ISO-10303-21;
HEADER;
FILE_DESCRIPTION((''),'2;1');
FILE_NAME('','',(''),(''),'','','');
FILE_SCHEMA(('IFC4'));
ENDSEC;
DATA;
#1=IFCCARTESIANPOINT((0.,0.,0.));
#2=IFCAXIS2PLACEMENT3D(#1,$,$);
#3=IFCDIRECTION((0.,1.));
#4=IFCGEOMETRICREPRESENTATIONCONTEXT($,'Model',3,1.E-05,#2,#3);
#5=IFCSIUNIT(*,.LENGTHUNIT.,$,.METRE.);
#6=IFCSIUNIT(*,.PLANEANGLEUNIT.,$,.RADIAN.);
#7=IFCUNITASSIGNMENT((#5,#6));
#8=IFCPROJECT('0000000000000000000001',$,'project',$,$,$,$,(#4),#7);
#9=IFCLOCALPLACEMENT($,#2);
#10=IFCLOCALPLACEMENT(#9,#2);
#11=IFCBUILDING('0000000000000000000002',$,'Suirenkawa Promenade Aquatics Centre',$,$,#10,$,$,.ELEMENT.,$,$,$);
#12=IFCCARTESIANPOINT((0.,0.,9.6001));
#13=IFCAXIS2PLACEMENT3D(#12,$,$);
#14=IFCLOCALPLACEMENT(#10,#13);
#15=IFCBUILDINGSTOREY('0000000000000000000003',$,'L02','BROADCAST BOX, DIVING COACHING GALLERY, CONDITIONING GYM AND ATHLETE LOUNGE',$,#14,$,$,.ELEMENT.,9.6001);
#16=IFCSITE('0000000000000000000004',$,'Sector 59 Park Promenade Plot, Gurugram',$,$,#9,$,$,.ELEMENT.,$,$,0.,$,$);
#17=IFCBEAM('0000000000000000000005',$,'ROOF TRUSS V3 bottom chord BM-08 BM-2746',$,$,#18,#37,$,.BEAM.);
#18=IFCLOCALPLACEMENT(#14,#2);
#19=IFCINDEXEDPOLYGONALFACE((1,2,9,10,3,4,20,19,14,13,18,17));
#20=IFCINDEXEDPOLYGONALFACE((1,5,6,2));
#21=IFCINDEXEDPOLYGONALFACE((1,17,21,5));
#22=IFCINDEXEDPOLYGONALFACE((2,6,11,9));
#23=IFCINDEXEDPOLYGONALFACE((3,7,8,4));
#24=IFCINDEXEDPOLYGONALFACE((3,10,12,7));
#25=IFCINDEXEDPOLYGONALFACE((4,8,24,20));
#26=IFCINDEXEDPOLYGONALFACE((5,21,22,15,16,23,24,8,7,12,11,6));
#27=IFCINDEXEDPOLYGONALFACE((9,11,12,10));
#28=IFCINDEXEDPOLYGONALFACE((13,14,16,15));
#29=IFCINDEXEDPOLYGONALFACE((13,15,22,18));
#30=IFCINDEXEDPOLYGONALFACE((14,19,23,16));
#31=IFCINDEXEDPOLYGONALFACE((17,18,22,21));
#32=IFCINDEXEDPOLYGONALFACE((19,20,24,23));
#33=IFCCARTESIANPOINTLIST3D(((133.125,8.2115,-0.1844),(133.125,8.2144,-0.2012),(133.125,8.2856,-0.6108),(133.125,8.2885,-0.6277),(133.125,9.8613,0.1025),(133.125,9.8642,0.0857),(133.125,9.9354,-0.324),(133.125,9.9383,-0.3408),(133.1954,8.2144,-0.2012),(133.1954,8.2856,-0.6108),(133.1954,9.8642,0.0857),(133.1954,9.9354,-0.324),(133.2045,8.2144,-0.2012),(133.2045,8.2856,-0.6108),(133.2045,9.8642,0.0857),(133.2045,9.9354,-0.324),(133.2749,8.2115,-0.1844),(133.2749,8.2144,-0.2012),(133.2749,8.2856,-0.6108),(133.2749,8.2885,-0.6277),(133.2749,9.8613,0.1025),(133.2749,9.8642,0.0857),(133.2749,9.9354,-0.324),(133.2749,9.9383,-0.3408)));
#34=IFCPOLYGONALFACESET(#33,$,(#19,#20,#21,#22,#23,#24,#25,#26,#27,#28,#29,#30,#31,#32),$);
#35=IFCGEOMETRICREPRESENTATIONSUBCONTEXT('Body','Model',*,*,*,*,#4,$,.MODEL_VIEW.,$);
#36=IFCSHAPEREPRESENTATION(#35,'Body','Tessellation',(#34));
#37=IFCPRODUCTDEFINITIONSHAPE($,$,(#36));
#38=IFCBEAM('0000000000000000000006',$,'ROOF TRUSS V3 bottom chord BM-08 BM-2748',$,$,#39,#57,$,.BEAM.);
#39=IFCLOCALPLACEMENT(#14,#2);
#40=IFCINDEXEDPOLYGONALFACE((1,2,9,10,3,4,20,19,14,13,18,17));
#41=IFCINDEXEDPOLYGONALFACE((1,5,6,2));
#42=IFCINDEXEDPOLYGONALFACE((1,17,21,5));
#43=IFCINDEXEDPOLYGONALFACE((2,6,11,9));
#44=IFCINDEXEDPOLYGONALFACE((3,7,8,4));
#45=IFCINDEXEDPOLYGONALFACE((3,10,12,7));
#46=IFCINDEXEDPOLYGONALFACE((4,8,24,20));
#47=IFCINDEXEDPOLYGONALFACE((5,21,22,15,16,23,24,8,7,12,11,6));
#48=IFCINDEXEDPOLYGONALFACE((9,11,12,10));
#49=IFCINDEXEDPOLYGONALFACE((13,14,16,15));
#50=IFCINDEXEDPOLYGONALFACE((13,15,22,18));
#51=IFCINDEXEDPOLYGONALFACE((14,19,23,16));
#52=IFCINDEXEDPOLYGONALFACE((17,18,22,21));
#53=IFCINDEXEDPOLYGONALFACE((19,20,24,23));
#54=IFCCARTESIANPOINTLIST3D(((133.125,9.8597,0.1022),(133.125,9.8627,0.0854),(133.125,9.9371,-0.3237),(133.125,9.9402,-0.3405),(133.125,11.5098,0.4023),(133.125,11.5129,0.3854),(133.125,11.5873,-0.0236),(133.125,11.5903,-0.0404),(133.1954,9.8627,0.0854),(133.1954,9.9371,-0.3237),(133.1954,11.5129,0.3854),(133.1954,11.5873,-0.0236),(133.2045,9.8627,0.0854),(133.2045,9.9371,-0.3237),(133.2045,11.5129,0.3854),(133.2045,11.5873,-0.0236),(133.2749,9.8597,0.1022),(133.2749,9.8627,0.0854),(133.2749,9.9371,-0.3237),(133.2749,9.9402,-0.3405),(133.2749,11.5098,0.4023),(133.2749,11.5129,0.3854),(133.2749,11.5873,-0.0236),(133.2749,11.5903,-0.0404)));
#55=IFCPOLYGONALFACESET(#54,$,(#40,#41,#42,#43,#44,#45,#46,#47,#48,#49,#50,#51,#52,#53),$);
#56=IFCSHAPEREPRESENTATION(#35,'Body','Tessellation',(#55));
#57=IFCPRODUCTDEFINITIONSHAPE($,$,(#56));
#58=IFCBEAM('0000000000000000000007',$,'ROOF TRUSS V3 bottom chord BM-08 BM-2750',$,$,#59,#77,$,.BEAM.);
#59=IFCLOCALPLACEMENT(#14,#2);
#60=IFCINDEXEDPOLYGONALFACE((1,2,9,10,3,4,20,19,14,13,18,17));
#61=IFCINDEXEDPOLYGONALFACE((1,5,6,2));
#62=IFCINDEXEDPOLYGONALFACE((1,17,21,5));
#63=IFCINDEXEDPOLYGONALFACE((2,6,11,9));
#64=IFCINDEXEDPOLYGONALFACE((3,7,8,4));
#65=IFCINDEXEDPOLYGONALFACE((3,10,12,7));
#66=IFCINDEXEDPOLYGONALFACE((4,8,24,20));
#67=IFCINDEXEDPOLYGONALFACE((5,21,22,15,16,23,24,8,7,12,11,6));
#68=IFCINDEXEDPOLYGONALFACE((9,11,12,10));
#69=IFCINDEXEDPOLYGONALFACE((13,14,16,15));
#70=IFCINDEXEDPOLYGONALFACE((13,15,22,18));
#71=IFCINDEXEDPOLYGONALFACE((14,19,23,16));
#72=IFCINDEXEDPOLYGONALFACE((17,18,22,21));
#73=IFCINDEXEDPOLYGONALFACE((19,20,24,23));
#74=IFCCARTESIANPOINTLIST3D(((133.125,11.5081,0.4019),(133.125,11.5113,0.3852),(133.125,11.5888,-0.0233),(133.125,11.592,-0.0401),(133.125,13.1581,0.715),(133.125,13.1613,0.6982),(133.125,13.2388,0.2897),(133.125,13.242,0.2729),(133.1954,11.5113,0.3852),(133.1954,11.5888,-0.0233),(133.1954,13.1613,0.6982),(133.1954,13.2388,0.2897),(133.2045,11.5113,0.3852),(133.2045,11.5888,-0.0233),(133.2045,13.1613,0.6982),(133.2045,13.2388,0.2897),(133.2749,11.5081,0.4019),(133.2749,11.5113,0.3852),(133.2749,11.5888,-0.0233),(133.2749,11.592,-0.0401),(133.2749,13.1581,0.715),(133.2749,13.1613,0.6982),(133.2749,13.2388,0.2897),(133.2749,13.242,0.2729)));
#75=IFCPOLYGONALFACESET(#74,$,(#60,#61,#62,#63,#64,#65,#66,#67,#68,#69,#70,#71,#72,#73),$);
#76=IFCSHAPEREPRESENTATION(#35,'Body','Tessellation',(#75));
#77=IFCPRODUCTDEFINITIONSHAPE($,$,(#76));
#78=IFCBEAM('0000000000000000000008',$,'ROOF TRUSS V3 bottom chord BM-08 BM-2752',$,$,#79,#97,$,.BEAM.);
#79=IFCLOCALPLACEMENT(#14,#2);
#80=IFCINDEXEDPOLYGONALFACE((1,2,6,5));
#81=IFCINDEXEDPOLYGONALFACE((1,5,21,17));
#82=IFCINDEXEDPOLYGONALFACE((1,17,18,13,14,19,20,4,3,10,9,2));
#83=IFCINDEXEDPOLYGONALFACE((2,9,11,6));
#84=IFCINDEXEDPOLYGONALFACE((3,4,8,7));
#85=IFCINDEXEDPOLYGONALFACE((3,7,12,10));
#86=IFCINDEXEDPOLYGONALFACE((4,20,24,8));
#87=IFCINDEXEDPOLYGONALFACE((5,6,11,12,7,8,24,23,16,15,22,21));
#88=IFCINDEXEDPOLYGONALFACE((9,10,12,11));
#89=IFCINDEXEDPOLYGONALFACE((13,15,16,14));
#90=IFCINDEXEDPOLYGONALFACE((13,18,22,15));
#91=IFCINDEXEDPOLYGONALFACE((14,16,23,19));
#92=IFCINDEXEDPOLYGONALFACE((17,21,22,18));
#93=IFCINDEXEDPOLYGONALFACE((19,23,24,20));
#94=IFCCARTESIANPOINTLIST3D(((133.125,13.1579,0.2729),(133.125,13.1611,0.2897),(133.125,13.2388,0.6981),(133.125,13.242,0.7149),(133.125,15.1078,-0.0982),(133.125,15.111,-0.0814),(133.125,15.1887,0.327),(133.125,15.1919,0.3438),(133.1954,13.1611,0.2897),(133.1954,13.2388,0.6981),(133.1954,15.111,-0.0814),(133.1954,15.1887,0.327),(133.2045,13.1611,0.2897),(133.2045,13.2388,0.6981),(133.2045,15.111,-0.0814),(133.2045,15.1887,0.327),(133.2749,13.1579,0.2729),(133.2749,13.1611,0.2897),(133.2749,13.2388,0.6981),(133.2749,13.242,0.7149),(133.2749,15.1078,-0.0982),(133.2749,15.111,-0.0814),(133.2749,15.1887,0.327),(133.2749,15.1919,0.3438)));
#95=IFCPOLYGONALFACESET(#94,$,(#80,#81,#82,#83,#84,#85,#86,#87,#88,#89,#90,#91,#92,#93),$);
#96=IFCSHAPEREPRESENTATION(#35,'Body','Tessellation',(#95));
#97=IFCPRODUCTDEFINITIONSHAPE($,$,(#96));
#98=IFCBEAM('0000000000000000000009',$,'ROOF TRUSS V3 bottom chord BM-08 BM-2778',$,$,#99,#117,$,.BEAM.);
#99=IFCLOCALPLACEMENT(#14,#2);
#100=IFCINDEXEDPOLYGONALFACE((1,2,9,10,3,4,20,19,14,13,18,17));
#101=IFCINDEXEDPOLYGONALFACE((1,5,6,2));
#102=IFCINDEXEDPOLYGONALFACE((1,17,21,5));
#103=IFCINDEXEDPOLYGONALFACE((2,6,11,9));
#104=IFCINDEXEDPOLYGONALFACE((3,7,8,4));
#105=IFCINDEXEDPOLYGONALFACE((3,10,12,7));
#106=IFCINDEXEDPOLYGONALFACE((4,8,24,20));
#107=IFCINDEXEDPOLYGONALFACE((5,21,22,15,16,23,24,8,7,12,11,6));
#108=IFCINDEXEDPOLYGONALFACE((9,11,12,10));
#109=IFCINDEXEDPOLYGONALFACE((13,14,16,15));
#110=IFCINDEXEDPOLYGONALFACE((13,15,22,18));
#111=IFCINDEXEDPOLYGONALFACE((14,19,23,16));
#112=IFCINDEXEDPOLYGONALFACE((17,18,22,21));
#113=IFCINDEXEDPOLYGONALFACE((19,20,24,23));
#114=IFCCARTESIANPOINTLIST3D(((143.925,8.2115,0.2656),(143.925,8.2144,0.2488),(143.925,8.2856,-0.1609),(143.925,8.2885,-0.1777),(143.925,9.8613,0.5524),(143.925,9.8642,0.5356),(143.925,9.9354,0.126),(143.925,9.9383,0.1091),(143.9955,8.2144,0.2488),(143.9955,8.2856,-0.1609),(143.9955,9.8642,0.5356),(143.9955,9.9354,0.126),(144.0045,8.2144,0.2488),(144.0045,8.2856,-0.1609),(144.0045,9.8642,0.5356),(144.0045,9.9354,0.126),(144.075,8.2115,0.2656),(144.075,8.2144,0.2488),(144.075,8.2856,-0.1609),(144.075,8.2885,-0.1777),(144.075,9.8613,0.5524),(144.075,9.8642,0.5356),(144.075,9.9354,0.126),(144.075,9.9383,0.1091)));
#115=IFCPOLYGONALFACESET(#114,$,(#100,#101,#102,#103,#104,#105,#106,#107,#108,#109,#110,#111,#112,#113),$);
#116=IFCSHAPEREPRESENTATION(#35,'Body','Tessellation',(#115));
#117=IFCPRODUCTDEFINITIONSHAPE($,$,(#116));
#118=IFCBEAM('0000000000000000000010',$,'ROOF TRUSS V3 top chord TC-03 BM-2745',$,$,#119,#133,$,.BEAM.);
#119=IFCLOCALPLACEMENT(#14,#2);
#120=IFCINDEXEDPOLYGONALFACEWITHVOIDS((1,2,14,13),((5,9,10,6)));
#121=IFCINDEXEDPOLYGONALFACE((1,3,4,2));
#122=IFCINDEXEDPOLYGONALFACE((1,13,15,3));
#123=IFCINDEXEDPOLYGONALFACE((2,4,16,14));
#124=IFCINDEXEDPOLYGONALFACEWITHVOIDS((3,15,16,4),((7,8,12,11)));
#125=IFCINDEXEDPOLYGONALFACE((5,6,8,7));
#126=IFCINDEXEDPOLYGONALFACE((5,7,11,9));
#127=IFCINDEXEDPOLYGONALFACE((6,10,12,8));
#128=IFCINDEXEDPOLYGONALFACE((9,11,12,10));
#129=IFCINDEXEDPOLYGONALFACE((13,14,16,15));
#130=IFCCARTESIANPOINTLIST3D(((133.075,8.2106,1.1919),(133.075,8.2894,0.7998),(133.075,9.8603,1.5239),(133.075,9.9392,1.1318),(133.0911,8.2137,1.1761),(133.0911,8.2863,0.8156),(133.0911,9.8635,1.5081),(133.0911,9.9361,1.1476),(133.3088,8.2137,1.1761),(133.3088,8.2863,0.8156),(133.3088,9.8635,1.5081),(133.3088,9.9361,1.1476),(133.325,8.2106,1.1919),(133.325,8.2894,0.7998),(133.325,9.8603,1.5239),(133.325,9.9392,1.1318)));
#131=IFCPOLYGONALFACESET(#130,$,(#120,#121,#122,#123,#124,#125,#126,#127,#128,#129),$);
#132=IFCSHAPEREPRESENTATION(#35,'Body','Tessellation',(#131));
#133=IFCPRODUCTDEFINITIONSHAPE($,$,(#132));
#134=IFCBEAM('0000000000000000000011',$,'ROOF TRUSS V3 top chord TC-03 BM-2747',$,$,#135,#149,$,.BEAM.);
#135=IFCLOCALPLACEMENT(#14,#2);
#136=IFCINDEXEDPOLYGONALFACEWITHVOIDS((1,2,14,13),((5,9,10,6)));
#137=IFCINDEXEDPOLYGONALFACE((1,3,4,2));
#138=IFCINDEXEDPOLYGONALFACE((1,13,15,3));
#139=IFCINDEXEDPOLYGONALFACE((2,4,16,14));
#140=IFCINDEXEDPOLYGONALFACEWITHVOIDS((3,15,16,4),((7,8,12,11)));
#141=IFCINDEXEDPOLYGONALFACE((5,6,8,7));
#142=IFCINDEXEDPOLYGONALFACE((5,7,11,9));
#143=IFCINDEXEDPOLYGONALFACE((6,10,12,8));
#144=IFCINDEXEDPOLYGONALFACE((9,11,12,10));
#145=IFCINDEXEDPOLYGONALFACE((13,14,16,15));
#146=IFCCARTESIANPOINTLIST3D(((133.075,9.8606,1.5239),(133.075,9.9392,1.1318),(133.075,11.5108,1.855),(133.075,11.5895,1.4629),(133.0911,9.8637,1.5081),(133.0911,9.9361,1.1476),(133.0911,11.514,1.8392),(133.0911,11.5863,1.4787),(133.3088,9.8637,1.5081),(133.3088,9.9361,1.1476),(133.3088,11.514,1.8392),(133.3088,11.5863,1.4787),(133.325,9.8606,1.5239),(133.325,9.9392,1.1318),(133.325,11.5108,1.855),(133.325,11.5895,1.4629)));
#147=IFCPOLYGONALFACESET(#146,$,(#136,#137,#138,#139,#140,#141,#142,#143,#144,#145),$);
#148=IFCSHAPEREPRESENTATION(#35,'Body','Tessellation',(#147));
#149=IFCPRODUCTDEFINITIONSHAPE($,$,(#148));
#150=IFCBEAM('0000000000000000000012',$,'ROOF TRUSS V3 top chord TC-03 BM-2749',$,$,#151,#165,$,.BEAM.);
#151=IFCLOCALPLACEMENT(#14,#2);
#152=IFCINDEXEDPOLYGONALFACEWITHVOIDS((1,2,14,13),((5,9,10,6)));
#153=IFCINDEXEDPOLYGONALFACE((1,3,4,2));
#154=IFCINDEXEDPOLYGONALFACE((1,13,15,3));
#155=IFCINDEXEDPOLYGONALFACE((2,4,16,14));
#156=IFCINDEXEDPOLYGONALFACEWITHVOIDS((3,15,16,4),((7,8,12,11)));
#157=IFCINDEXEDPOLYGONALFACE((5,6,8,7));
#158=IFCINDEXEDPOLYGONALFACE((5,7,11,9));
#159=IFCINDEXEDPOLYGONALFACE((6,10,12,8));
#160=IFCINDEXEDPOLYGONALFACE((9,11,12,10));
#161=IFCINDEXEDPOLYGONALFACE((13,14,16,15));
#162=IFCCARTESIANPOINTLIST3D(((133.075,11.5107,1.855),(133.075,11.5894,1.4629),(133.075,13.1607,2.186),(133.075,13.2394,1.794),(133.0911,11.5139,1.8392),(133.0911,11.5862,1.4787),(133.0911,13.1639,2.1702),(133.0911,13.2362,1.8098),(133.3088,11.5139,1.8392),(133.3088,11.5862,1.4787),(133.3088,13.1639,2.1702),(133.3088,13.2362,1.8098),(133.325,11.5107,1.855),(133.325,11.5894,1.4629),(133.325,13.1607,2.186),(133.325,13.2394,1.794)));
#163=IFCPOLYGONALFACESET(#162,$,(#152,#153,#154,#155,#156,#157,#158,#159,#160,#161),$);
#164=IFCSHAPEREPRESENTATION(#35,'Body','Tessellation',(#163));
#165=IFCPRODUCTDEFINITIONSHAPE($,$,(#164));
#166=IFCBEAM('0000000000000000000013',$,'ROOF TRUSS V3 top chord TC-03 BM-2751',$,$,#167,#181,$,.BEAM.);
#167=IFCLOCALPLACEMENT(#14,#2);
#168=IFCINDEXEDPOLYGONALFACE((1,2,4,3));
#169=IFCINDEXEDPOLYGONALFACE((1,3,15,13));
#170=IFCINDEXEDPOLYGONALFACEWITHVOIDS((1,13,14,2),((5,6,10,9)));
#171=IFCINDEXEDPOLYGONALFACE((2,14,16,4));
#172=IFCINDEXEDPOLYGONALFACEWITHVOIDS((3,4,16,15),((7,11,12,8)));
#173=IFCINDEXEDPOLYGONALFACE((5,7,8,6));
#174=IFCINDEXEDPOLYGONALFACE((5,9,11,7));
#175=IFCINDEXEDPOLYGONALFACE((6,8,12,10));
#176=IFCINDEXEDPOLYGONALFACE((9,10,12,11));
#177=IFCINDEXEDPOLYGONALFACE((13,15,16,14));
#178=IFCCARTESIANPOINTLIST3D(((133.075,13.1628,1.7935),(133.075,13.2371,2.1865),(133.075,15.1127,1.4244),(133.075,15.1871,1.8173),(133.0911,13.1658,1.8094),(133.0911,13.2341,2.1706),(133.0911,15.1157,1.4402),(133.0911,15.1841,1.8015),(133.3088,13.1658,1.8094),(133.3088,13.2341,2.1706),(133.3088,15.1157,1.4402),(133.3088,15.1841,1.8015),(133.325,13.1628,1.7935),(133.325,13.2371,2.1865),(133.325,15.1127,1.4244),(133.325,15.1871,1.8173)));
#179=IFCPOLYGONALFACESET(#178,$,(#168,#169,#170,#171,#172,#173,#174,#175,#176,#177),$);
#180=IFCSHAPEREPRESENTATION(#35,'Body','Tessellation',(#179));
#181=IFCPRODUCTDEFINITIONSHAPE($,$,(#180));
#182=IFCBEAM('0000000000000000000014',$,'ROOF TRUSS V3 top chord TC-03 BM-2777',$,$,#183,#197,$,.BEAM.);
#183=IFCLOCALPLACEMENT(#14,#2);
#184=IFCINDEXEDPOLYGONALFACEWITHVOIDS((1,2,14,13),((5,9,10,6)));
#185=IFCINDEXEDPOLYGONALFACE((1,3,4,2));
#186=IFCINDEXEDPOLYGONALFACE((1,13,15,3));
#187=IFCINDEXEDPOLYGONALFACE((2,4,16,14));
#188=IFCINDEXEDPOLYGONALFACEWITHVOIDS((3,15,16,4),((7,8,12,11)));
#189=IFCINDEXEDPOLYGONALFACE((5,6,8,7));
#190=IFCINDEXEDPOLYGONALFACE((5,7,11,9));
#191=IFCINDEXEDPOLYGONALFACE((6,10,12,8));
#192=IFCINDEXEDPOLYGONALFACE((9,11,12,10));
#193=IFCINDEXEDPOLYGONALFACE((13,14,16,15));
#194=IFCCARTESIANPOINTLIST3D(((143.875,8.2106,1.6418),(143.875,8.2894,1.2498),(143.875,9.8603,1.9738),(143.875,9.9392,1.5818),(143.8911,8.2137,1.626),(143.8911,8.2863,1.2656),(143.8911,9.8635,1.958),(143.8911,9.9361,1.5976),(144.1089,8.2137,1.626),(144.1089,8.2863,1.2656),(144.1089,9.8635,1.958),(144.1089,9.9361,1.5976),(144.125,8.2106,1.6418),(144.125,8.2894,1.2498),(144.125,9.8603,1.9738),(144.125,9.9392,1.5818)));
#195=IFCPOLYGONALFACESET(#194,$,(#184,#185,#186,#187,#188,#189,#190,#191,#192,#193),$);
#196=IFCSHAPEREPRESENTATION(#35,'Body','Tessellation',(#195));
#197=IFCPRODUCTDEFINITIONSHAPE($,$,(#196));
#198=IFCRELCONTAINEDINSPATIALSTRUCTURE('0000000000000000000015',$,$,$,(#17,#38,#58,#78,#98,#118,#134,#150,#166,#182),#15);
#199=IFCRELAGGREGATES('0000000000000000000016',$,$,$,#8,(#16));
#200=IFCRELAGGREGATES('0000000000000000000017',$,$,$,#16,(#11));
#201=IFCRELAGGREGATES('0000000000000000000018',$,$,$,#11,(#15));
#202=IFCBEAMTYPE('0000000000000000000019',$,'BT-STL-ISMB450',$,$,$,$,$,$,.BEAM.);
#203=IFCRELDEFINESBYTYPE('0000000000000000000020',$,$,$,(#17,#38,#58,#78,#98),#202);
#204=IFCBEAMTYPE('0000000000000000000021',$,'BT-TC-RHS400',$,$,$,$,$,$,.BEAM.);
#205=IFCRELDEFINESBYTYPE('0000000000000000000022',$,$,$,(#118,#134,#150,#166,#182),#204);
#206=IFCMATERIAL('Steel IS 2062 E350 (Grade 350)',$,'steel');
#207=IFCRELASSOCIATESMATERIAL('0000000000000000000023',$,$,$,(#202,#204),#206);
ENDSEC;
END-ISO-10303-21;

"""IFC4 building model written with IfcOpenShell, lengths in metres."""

from ifc_helpers import new_model, si_unit, direction, frame, origin, origin_2d, place, context, subcontext, project, spatial, hollow_rectangle, i_section, extrude, material, material_profile, profile_set, type_object, element, save


model = new_model("IFC4")

# Units and contexts
model_context = context("Model", 3, precision=1e-05, world=origin(), true_north=direction((0.0, 1.0)))
body_context = subcontext(model_context, "Body", "Model", "MODEL_VIEW")
ifc_project = project(units=[si_unit("LENGTHUNIT", "METRE"), si_unit("PLANEANGLEUNIT", "RADIAN")], contexts=[model_context])

# Site, building, storey
site_placement = place(None, origin())
site = spatial("IfcSite", under=ifc_project, at=site_placement, Name="Sector 59 Park Promenade Plot, Gurugram", CompositionType="ELEMENT", RefElevation=0.0)
building_placement = place(site_placement, origin())
building = spatial("IfcBuilding", under=site, at=building_placement, Name="Suirenkawa Promenade Aquatics Centre", CompositionType="ELEMENT")
storey_placement = place(building_placement, frame((0.0, 0.0, 9.6001)))
storey = spatial("IfcBuildingStorey", under=building, at=storey_placement, Name="L02", Description="BROADCAST BOX, DIVING COACHING GALLERY, CONDITIONING GYM AND ATHLETE LOUNGE", CompositionType="ELEMENT", Elevation=9.6001)

# Beams
ifc_material = material(Name="Steel IS 2062 E350 (Grade 350)", Category="steel")
ifc_material_profile_1 = material_profile(ifc_material, i_section(OverallWidth=0.1499, OverallDepth=0.45, WebThickness=0.009, FlangeThickness=0.0171, at=origin_2d()), Name="ISMB 450", Category="steel")
ifc_profile_set_1 = profile_set([ifc_material_profile_1], Name="Steel IS 2062 E350 (Grade 350)")
beam_type_1 = type_object("IfcBeamType", Name="BT-STL-ISMB450", PredefinedType="BEAM", material=ifc_profile_set_1)
beam_1_placement = place(storey_placement, frame((133.2, 8.25, -0.406), z_axis=(0.0, 0.985219, 0.171298), x_axis=(-1.0, 0.0, 0.0)))
element("IfcBeam", 1, at=beam_1_placement, inside=storey, type_object=beam_type_1, Name="ROOF TRUSS V3 bottom chord BM-08 BM-2746", PredefinedType="BEAM", context=body_context, shape_type="SweptSolid", body=[
    extrude(i_section(OverallWidth=0.1499, OverallDepth=0.45, WebThickness=0.009, FlangeThickness=0.0171, at=origin_2d()), origin(), (0.0, 0.0, 1.0), 1.6746),
])
beam_2_placement = place(storey_placement, frame((133.2, 9.8999, -0.1191), z_axis=(0.0, 0.983868, 0.178898), x_axis=(-1.0, 0.0, 0.0)))
element("IfcBeam", 2, at=beam_2_placement, inside=storey, type_object=beam_type_1, Name="ROOF TRUSS V3 bottom chord BM-08 BM-2748", PredefinedType="BEAM", context=body_context, shape_type="SweptSolid", body=[
    extrude(i_section(OverallWidth=0.1499, OverallDepth=0.45, WebThickness=0.009, FlangeThickness=0.0171, at=origin_2d()), origin(), (0.0, 0.0, 1.0), 1.6772),
])
beam_3_placement = place(storey_placement, frame((133.2, 11.55, 0.1809), z_axis=(0.0, 0.982478, 0.186377), x_axis=(-1.0, 0.0, 0.0)))
element("IfcBeam", 3, at=beam_3_placement, inside=storey, type_object=beam_type_1, Name="ROOF TRUSS V3 bottom chord BM-08 BM-2750", PredefinedType="BEAM", context=body_context, shape_type="SweptSolid", body=[
    extrude(i_section(OverallWidth=0.1499, OverallDepth=0.45, WebThickness=0.009, FlangeThickness=0.0171, at=origin_2d()), origin(), (0.0, 0.0, 1.0), 1.6794),
])
beam_4_placement = place(storey_placement, frame((133.2, 13.2, 0.4939), z_axis=(0.0, 0.982369, -0.186954), x_axis=(-1.0, 0.0, 0.0)))
element("IfcBeam", 4, at=beam_4_placement, inside=storey, type_object=beam_type_1, Name="ROOF TRUSS V3 bottom chord BM-08 BM-2752", PredefinedType="BEAM", context=body_context, shape_type="SweptSolid", body=[
    extrude(i_section(OverallWidth=0.1499, OverallDepth=0.45, WebThickness=0.009, FlangeThickness=0.0171, at=origin_2d()), origin(), (0.0, 0.0, 1.0), 1.9849),
])
beam_5_placement = place(storey_placement, frame((144.0, 8.25, 0.0439), z_axis=(0.0, 0.985219, 0.171298), x_axis=(-1.0, 0.0, 0.0)))
element("IfcBeam", 5, at=beam_5_placement, inside=storey, type_object=beam_type_1, Name="ROOF TRUSS V3 bottom chord BM-08 BM-2778", PredefinedType="BEAM", context=body_context, shape_type="SweptSolid", body=[
    extrude(i_section(OverallWidth=0.1499, OverallDepth=0.45, WebThickness=0.009, FlangeThickness=0.0171, at=origin_2d()), origin(), (0.0, 0.0, 1.0), 1.6746),
])
ifc_material_profile_2 = material_profile(ifc_material, hollow_rectangle(XDim=0.25, YDim=0.3999, WallThickness=0.0161, at=origin_2d()), Name="RHS 400x250x16", Category="steel")
ifc_profile_set_2 = profile_set([ifc_material_profile_2], Name="Steel IS 2062 E350 (Grade 350)")
beam_type_2 = type_object("IfcBeamType", Name="BT-TC-RHS400", PredefinedType="BEAM", material=ifc_profile_set_2)
beam_6_placement = place(storey_placement, frame((133.2, 8.25, 0.9958), z_axis=(0.0, 0.980346, 0.197288), x_axis=(-1.0, 0.0, 0.0)))
element("IfcBeam", 6, at=beam_6_placement, inside=storey, type_object=beam_type_2, Name="ROOF TRUSS V3 top chord TC-03 BM-2745", PredefinedType="BEAM", context=body_context, shape_type="SweptSolid", body=[
    extrude(hollow_rectangle(XDim=0.25, YDim=0.3999, WallThickness=0.0161, at=origin_2d()), origin(), (0.0, 0.0, 1.0), 1.6829),
])
beam_7_placement = place(storey_placement, frame((133.2, 9.8999, 1.3279), z_axis=(0.0, 0.980463, 0.196702), x_axis=(-1.0, 0.0, 0.0)))
element("IfcBeam", 7, at=beam_7_placement, inside=storey, type_object=beam_type_2, Name="ROOF TRUSS V3 top chord TC-03 BM-2747", PredefinedType="BEAM", context=body_context, shape_type="SweptSolid", body=[
    extrude(hollow_rectangle(XDim=0.25, YDim=0.3999, WallThickness=0.0161, at=origin_2d()), origin(), (0.0, 0.0, 1.0), 1.6831),
])
beam_8_placement = place(storey_placement, frame((133.2, 11.55, 1.6589), z_axis=(0.0, 0.980458, 0.19673), x_axis=(-1.0, 0.0, 0.0)))
element("IfcBeam", 8, at=beam_8_placement, inside=storey, type_object=beam_type_2, Name="ROOF TRUSS V3 top chord TC-03 BM-2749", PredefinedType="BEAM", context=body_context, shape_type="SweptSolid", body=[
    extrude(hollow_rectangle(XDim=0.25, YDim=0.3999, WallThickness=0.0161, at=origin_2d()), origin(), (0.0, 0.0, 1.0), 1.6829),
])
beam_9_placement = place(storey_placement, frame((133.2, 13.2, 1.99), z_axis=(0.0, 0.982549, -0.186004), x_axis=(-1.0, 0.0, 0.0)))
element("IfcBeam", 9, at=beam_9_placement, inside=storey, type_object=beam_type_2, Name="ROOF TRUSS V3 top chord TC-03 BM-2751", PredefinedType="BEAM", context=body_context, shape_type="SweptSolid", body=[
    extrude(hollow_rectangle(XDim=0.25, YDim=0.3999, WallThickness=0.0161, at=origin_2d()), origin(), (0.0, 0.0, 1.0), 1.9846),
])
beam_10_placement = place(storey_placement, frame((144.0, 8.25, 1.4458), z_axis=(0.0, 0.980346, 0.197288), x_axis=(-1.0, 0.0, 0.0)))
element("IfcBeam", 10, at=beam_10_placement, inside=storey, type_object=beam_type_2, Name="ROOF TRUSS V3 top chord TC-03 BM-2777", PredefinedType="BEAM", context=body_context, shape_type="SweptSolid", body=[
    extrude(hollow_rectangle(XDim=0.25, YDim=0.3999, WallThickness=0.0161, at=origin_2d()), origin(), (0.0, 0.0, 1.0), 1.6829),
])

save(model, "model.ifc")
